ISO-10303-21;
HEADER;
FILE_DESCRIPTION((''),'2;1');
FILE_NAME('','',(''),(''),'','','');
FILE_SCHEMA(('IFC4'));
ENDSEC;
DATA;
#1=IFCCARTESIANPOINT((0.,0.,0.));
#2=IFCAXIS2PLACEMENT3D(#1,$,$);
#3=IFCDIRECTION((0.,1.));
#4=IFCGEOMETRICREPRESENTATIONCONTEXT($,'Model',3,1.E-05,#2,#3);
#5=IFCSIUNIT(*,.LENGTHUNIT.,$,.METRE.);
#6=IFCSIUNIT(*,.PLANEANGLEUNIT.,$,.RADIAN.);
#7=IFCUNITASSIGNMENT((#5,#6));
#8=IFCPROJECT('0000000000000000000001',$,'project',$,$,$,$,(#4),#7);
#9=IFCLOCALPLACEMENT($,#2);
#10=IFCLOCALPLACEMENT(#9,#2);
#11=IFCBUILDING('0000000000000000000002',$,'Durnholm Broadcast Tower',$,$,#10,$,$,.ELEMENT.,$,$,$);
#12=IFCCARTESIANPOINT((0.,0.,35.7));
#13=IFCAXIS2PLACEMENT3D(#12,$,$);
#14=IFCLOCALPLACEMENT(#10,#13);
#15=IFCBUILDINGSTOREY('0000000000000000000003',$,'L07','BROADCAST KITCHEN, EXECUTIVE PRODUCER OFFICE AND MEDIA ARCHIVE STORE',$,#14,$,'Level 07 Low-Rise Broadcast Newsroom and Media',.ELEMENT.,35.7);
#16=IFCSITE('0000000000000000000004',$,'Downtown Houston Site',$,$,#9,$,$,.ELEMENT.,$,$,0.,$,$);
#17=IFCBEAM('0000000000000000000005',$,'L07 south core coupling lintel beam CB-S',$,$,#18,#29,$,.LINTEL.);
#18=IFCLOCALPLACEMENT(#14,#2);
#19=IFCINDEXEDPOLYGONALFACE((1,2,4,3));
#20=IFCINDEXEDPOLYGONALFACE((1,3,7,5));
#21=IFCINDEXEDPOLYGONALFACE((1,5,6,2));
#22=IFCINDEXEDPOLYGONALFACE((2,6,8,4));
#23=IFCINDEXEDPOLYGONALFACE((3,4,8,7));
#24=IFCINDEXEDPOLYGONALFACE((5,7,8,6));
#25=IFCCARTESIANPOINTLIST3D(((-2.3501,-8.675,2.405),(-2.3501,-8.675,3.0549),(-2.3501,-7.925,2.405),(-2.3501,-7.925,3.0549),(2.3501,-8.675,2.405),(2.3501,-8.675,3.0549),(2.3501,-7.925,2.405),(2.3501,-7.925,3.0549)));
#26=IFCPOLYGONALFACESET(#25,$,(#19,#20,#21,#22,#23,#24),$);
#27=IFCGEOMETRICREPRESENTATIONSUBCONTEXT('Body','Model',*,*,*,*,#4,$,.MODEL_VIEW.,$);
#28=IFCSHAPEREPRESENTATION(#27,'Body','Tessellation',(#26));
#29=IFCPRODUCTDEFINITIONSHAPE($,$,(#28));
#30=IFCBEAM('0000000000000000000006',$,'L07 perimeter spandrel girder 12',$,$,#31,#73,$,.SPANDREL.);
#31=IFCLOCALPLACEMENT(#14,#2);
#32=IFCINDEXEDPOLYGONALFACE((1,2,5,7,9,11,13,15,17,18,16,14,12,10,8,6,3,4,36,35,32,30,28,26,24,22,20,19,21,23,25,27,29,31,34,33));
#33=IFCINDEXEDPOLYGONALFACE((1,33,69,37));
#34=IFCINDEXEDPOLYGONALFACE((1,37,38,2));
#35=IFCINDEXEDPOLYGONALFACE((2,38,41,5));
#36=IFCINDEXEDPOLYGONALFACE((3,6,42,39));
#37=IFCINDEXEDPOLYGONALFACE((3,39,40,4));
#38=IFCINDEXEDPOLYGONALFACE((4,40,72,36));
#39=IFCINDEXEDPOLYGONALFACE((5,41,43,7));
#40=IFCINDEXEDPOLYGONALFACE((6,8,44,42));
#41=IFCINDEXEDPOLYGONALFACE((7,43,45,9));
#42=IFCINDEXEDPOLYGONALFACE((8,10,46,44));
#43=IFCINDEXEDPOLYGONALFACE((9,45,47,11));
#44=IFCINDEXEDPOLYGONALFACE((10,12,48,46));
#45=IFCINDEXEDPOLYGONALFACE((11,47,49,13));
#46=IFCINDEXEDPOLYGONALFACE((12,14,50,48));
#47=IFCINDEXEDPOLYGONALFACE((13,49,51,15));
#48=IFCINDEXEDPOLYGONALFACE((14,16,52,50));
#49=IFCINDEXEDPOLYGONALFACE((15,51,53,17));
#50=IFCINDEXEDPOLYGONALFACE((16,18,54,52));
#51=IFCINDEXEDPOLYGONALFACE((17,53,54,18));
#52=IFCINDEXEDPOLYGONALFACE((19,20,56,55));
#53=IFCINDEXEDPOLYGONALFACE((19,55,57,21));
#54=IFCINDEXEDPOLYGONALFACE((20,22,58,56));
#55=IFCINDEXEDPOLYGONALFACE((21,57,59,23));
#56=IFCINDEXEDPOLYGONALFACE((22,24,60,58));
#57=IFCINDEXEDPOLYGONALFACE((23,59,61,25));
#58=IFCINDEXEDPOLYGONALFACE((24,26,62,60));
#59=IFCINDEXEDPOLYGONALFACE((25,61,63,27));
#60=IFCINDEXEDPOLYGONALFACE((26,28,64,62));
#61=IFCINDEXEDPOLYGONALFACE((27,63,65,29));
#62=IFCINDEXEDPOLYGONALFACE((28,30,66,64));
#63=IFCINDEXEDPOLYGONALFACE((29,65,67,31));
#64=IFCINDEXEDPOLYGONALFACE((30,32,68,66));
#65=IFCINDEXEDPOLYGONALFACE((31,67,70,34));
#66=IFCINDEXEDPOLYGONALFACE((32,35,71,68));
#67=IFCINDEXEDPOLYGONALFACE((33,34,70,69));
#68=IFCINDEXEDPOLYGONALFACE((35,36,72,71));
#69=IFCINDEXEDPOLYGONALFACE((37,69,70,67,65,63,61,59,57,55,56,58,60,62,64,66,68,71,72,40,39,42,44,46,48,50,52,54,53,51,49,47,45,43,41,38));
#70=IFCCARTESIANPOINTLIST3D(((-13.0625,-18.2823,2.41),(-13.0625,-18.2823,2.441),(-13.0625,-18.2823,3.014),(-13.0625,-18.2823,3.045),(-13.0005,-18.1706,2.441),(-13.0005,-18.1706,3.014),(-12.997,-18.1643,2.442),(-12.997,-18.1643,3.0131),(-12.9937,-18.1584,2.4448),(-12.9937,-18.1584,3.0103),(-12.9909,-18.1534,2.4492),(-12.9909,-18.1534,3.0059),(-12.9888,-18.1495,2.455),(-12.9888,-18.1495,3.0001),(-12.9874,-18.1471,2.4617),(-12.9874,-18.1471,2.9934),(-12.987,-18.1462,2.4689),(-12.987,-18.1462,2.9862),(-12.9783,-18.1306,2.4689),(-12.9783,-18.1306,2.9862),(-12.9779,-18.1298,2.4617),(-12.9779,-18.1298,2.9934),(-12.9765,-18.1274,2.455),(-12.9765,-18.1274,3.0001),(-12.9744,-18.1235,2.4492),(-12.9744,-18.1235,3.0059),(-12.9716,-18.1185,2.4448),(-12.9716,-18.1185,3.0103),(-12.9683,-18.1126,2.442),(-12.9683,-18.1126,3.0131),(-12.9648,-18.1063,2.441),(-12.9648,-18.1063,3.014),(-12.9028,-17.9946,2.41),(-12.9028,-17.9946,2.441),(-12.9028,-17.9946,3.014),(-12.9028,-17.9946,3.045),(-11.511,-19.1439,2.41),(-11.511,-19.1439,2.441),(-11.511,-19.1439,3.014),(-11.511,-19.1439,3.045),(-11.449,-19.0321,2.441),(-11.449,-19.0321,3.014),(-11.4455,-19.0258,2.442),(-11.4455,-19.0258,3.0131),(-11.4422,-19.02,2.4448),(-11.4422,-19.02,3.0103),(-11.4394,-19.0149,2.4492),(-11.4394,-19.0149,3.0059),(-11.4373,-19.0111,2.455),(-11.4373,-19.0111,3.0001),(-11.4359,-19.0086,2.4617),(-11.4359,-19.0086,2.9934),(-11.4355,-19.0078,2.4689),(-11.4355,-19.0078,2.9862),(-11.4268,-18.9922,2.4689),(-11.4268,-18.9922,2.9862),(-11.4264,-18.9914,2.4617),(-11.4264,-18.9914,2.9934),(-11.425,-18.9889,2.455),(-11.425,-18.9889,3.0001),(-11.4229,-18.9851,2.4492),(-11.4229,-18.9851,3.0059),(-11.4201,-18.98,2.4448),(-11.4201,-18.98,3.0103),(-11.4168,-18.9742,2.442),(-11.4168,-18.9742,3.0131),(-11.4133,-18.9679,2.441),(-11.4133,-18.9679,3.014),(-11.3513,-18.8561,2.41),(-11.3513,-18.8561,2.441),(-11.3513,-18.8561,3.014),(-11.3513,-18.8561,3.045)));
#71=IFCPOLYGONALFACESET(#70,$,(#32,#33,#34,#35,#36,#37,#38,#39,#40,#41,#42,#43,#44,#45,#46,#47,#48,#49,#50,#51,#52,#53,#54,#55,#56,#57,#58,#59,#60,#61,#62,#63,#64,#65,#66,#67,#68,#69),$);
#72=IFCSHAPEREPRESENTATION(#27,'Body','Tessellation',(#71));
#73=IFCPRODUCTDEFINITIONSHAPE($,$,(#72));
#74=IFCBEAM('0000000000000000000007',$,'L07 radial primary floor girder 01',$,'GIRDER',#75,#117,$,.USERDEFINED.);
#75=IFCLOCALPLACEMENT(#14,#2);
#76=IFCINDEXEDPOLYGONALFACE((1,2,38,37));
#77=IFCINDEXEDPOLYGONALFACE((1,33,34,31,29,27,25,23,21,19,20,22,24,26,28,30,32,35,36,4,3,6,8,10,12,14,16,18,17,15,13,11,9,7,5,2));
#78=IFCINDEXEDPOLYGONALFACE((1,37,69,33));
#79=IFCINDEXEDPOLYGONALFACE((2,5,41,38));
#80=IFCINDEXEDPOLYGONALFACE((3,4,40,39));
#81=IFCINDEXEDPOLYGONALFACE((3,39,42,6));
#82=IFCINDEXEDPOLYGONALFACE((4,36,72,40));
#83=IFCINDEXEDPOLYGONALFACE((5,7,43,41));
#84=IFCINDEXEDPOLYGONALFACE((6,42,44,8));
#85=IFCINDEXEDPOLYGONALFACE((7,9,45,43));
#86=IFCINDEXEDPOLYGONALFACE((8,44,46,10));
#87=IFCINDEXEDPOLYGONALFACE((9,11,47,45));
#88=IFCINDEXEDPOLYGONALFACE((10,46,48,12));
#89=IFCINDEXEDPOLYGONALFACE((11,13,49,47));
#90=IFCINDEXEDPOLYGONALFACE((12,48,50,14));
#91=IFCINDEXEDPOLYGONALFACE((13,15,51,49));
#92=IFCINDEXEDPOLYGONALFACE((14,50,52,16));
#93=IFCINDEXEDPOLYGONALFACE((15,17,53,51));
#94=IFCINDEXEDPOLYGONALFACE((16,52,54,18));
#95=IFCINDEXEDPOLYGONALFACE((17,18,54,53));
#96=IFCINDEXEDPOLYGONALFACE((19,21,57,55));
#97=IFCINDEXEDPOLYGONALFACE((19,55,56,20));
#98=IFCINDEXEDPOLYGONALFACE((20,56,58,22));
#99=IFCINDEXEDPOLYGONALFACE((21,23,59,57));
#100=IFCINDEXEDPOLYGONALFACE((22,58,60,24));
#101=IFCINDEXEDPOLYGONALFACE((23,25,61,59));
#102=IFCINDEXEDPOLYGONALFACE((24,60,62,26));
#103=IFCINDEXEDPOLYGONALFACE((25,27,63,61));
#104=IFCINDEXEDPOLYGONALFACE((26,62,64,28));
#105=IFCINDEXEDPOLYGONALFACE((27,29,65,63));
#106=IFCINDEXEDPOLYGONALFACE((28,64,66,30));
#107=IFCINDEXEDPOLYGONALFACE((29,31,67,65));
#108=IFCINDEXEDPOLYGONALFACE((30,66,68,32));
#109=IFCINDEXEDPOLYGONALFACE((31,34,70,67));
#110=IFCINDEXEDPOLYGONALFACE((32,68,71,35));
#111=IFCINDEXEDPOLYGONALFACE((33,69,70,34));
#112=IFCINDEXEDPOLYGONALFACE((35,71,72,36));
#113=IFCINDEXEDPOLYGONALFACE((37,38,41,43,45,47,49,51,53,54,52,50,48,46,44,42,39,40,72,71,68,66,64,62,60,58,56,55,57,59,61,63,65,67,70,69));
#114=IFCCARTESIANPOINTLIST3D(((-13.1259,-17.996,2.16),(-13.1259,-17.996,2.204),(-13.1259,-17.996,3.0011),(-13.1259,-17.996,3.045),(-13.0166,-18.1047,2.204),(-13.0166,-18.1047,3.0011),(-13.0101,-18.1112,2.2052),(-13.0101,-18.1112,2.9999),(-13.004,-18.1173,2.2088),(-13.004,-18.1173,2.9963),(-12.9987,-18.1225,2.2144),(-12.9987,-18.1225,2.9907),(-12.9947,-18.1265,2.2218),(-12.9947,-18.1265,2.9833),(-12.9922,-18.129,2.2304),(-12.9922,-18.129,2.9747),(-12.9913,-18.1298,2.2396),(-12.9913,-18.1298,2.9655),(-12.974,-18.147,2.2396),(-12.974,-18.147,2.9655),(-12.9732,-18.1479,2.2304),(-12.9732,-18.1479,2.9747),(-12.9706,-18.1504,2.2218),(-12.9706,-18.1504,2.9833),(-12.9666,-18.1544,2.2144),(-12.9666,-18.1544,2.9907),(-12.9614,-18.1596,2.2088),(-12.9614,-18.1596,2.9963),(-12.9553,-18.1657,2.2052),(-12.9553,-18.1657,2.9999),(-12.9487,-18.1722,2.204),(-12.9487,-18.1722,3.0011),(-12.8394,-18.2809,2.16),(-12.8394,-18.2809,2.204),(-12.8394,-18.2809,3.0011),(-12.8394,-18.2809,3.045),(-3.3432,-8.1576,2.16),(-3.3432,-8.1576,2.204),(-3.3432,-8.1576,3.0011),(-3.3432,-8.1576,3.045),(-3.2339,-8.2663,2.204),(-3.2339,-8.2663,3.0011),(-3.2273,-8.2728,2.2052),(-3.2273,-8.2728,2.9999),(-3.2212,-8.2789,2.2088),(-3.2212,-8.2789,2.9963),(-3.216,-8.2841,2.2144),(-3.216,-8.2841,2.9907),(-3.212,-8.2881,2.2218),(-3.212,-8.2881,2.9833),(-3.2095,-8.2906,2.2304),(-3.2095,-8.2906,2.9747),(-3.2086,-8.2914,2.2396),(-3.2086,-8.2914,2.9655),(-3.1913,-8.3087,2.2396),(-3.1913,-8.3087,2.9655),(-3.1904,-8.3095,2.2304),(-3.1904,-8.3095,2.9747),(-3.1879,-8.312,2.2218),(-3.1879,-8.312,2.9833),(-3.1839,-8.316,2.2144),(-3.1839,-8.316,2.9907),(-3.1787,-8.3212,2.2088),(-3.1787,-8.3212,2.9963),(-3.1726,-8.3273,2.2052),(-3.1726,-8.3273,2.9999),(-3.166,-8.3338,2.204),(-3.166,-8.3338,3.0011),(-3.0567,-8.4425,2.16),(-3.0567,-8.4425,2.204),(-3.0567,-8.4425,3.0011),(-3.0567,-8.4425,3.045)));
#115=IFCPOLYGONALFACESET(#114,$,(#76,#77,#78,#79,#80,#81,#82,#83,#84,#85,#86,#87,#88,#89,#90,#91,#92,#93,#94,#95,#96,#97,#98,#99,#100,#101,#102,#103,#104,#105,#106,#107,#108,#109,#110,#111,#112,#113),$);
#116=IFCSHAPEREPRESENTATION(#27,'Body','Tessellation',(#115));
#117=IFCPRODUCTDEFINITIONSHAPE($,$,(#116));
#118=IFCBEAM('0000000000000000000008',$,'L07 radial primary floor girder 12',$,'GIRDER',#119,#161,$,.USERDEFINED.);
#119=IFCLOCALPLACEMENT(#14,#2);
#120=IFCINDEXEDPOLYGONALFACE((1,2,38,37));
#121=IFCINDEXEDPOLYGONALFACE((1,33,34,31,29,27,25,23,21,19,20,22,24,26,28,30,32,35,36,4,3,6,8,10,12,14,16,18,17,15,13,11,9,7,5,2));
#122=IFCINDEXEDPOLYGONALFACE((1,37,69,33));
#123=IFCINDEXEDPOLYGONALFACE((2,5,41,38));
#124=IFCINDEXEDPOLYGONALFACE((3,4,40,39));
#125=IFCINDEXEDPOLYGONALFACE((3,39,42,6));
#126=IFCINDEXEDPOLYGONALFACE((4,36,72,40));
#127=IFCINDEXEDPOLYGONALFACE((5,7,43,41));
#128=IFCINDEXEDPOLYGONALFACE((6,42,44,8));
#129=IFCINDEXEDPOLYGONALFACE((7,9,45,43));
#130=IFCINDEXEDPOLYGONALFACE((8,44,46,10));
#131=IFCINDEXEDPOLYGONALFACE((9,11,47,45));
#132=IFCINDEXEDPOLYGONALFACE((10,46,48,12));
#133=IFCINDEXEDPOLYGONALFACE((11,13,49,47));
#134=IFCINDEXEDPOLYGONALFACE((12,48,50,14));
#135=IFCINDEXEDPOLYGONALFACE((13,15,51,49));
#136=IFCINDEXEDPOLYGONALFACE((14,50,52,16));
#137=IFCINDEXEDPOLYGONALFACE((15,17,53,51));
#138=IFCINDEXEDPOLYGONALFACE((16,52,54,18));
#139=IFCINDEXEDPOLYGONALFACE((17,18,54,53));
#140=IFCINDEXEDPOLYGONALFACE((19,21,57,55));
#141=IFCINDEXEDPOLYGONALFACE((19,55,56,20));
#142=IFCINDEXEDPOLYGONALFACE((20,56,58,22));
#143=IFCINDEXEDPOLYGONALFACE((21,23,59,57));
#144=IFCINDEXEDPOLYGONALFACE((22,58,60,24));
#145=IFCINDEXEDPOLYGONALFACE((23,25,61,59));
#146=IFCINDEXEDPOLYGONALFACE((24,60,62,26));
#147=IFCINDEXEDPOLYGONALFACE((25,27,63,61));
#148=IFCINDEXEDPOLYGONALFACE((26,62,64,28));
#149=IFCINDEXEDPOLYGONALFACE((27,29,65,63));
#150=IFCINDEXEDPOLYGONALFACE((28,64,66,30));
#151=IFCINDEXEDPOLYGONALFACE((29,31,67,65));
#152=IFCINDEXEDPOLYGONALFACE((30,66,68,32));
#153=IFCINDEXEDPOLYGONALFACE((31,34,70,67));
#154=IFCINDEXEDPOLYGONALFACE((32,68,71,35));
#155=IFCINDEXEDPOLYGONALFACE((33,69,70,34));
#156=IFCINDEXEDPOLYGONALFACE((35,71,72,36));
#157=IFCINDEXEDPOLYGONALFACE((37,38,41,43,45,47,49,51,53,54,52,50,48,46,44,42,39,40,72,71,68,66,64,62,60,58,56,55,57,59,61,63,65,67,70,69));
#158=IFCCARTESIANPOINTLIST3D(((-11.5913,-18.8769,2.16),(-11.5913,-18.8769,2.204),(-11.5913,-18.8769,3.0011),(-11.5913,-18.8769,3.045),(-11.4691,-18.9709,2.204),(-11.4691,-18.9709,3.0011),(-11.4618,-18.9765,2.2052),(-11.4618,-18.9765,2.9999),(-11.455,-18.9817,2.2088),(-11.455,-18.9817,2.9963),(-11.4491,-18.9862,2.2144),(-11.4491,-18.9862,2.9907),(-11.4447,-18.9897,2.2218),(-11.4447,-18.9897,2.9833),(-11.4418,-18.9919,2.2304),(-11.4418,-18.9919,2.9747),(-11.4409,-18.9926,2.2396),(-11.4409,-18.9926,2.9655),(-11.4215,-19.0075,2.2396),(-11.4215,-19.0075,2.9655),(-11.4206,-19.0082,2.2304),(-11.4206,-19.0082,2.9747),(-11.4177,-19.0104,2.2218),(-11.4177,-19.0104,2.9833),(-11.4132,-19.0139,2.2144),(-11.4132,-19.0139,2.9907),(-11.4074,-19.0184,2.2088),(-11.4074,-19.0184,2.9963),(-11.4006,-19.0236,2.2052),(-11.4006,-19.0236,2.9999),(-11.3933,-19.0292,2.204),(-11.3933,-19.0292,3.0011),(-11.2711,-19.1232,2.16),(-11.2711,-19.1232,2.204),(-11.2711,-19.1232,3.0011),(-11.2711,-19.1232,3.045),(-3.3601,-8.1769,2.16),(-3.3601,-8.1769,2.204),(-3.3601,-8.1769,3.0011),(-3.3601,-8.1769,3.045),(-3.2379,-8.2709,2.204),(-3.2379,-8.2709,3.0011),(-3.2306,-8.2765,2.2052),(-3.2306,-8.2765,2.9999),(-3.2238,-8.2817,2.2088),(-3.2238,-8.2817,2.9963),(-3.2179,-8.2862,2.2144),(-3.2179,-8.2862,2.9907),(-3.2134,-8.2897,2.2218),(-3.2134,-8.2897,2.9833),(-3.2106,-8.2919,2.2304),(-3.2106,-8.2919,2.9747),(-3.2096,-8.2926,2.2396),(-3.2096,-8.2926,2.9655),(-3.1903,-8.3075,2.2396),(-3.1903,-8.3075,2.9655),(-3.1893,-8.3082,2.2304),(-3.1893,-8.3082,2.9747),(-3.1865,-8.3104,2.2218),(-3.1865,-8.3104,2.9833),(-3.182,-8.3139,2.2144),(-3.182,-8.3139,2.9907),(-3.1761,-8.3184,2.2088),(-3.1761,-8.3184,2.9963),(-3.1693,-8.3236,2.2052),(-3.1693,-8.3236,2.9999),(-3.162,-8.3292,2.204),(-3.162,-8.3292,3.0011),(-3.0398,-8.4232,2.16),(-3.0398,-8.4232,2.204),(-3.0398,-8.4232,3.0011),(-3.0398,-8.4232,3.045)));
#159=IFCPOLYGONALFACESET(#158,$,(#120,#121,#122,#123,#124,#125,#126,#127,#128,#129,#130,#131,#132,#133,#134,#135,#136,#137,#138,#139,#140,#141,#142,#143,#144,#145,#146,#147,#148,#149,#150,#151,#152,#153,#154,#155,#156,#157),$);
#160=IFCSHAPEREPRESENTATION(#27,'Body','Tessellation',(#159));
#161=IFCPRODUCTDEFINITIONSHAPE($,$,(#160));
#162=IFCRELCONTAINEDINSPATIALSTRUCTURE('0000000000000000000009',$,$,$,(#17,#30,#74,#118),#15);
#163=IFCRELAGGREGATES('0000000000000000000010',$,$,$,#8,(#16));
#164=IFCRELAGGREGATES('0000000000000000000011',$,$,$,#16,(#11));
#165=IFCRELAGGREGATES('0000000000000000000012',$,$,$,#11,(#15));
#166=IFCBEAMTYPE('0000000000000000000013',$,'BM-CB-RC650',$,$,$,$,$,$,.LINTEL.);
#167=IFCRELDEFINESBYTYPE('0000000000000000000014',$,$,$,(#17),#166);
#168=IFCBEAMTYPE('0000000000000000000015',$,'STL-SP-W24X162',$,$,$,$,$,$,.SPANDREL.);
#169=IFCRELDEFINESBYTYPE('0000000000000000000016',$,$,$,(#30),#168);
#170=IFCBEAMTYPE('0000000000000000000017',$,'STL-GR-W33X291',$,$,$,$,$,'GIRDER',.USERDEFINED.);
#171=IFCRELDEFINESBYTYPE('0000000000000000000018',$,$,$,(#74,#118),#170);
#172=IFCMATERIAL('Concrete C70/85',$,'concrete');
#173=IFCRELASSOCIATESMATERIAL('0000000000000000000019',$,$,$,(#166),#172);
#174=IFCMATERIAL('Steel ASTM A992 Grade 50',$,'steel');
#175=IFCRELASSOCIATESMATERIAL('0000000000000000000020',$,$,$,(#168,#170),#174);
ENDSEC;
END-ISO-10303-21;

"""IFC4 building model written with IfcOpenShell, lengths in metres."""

from ifc_helpers import new_model, si_unit, direction, frame, origin, origin_2d, place, context, subcontext, project, spatial, rectangle, i_section, extrude, source, transform, mapped, material, material_profile, profile_set, type_object, type_shapes, element, save


model = new_model("IFC4")

# Units and contexts
model_context = context("Model", 3, precision=1e-05, world=origin(), true_north=direction((0.0, 1.0)))
body_context = subcontext(model_context, "Body", "Model", "MODEL_VIEW")
ifc_project = project(units=[si_unit("LENGTHUNIT", "METRE"), si_unit("PLANEANGLEUNIT", "RADIAN")], contexts=[model_context])

# Site, building, storey
site_placement = place(None, origin())
site = spatial("IfcSite", under=ifc_project, at=site_placement, Name="Downtown Houston Site", CompositionType="ELEMENT", RefElevation=0.0)
building_placement = place(site_placement, origin())
building = spatial("IfcBuilding", under=site, at=building_placement, Name="Durnholm Broadcast Tower", CompositionType="ELEMENT")
storey_placement = place(building_placement, frame((0.0, 0.0, 35.7)))
storey = spatial("IfcBuildingStorey", under=building, at=storey_placement, Name="L07", Description="BROADCAST KITCHEN, EXECUTIVE PRODUCER OFFICE AND MEDIA ARCHIVE STORE", LongName="Level 07 Low-Rise Broadcast Newsroom and Media", CompositionType="ELEMENT", Elevation=35.7)

# Beams
ifc_material_1 = material(Name="Concrete C70/85", Category="concrete")
ifc_material_profile_1 = material_profile(ifc_material_1, rectangle(XDim=0.75, YDim=0.6499, at=origin_2d()), Name="RC750X650")
ifc_profile_set_1 = profile_set([ifc_material_profile_1], Name="Concrete C70/85")
beam_type_1 = type_object("IfcBeamType", Name="BM-CB-RC650", PredefinedType="LINTEL", material=ifc_profile_set_1)
shared_shape_1 = source(origin(), body_context, "Body", "SweptSolid", [
    extrude(rectangle(XDim=0.75, YDim=0.6499, at=origin_2d()), origin(), (0.0, 0.0, 1.0), 4.7002),
])
type_shapes(beam_type_1, [shared_shape_1])
beam_1_placement = place(storey_placement, frame((-2.3501, -8.3, 2.73), z_axis=(1.0, 0.0, 0.0), x_axis=(0.0, 1.0, 0.0)))
element("IfcBeam", 1, at=beam_1_placement, inside=storey, type_object=beam_type_1, Name="L07 south core coupling lintel beam CB-S", PredefinedType="LINTEL", context=body_context, shape_type="MappedRepresentation", body=[
    mapped(shared_shape_1, transform((0.0, 0.0, 0.0), x_axis=(1.0, 0.0, 0.0), y_axis=(0.0, 1.0, 0.0), z_axis=(0.0, 0.0, 1.0), scale=1.0)),
])
ifc_material_2 = material(Name="Steel ASTM A992 Grade 50", Category="steel")
ifc_material_profile_2 = material_profile(ifc_material_2, i_section(OverallWidth=0.3291, OverallDepth=0.635, WebThickness=0.0178, FlangeThickness=0.031, FilletRadius=0.0278, at=origin_2d()), Name="W24X162")
ifc_profile_set_2 = profile_set([ifc_material_profile_2], Name="Steel ASTM A992 Grade 50")
beam_type_2 = type_object("IfcBeamType", Name="STL-SP-W24X162", PredefinedType="SPANDREL", material=ifc_profile_set_2)
shared_shape_2 = source(origin(), body_context, "Body", "SweptSolid", [
    extrude(i_section(OverallWidth=0.3291, OverallDepth=0.635, WebThickness=0.0178, FlangeThickness=0.031, FilletRadius=0.0278, at=origin_2d()), origin(), (0.0, 0.0, 1.0), 1.7747),
])
type_shapes(beam_type_2, [shared_shape_2])
beam_2_placement = place(storey_placement, frame((-11.4312, -19.0, 2.7275), z_axis=(-0.874248, 0.485479, 0.0), x_axis=(-0.485479, -0.874248, 0.0)))
element("IfcBeam", 2, at=beam_2_placement, inside=storey, type_object=beam_type_2, Name="L07 perimeter spandrel girder 12", PredefinedType="SPANDREL", context=body_context, shape_type="MappedRepresentation", body=[
    mapped(shared_shape_2, transform((0.0, 0.0, 0.0), x_axis=(1.0, 0.0, 0.0), y_axis=(0.0, 1.0, 0.0), z_axis=(0.0, 0.0, 1.0), scale=1.0)),
])
ifc_material_profile_3 = material_profile(ifc_material_2, i_section(OverallWidth=0.4041, OverallDepth=0.885, WebThickness=0.0244, FlangeThickness=0.0439, FilletRadius=0.0356, at=origin_2d()), Name="W33X291")
ifc_profile_set_3 = profile_set([ifc_material_profile_3], Name="Steel ASTM A992 Grade 50")
beam_type_3 = type_object("IfcBeamType", Name="STL-GR-W33X291", ElementType="GIRDER", PredefinedType="USERDEFINED", material=ifc_profile_set_3)
shared_shape_3 = source(origin(), body_context, "Body", "SweptSolid", [
    extrude(i_section(OverallWidth=0.4041, OverallDepth=0.885, WebThickness=0.0244, FlangeThickness=0.0439, FilletRadius=0.0356, at=origin_2d()), origin(), (0.0, 0.0, 1.0), 13.8743),
])
beam_3_placement = place(storey_placement, frame((-3.2, -8.3, 2.6025), z_axis=(-0.705098, -0.70911, 0.0), x_axis=(0.70911, -0.705098, 0.0)))
element("IfcBeam", 3, at=beam_3_placement, inside=storey, type_object=beam_type_3, Name="L07 radial primary floor girder 01", ObjectType="GIRDER", PredefinedType="USERDEFINED", context=body_context, shape_type="MappedRepresentation", body=[
    mapped(shared_shape_3, transform((0.0, 0.0, 0.0), x_axis=(1.0, 0.0, 0.0), y_axis=(0.0, 1.0, 0.0), z_axis=(0.0, 0.0, 1.0), scale=1.0)),
])
shared_shape_4 = source(origin(), body_context, "Body", "SweptSolid", [
    extrude(i_section(OverallWidth=0.4041, OverallDepth=0.885, WebThickness=0.0244, FlangeThickness=0.0439, FilletRadius=0.0356, at=origin_2d()), origin(), (0.0, 0.0, 1.0), 13.4998),
])
type_shapes(beam_type_3, [shared_shape_3, shared_shape_4])
beam_4_placement = place(storey_placement, frame((-3.2, -8.3, 2.6025), z_axis=(-0.609733, -0.792607, 0.0), x_axis=(0.792607, -0.609733, 0.0)))
element("IfcBeam", 4, at=beam_4_placement, inside=storey, type_object=beam_type_3, Name="L07 radial primary floor girder 12", ObjectType="GIRDER", PredefinedType="USERDEFINED", context=body_context, shape_type="MappedRepresentation", body=[
    mapped(shared_shape_4, transform((0.0, 0.0, 0.0), x_axis=(1.0, 0.0, 0.0), y_axis=(0.0, 1.0, 0.0), z_axis=(0.0, 0.0, 1.0), scale=1.0)),
])

save(model, "model.ifc")
